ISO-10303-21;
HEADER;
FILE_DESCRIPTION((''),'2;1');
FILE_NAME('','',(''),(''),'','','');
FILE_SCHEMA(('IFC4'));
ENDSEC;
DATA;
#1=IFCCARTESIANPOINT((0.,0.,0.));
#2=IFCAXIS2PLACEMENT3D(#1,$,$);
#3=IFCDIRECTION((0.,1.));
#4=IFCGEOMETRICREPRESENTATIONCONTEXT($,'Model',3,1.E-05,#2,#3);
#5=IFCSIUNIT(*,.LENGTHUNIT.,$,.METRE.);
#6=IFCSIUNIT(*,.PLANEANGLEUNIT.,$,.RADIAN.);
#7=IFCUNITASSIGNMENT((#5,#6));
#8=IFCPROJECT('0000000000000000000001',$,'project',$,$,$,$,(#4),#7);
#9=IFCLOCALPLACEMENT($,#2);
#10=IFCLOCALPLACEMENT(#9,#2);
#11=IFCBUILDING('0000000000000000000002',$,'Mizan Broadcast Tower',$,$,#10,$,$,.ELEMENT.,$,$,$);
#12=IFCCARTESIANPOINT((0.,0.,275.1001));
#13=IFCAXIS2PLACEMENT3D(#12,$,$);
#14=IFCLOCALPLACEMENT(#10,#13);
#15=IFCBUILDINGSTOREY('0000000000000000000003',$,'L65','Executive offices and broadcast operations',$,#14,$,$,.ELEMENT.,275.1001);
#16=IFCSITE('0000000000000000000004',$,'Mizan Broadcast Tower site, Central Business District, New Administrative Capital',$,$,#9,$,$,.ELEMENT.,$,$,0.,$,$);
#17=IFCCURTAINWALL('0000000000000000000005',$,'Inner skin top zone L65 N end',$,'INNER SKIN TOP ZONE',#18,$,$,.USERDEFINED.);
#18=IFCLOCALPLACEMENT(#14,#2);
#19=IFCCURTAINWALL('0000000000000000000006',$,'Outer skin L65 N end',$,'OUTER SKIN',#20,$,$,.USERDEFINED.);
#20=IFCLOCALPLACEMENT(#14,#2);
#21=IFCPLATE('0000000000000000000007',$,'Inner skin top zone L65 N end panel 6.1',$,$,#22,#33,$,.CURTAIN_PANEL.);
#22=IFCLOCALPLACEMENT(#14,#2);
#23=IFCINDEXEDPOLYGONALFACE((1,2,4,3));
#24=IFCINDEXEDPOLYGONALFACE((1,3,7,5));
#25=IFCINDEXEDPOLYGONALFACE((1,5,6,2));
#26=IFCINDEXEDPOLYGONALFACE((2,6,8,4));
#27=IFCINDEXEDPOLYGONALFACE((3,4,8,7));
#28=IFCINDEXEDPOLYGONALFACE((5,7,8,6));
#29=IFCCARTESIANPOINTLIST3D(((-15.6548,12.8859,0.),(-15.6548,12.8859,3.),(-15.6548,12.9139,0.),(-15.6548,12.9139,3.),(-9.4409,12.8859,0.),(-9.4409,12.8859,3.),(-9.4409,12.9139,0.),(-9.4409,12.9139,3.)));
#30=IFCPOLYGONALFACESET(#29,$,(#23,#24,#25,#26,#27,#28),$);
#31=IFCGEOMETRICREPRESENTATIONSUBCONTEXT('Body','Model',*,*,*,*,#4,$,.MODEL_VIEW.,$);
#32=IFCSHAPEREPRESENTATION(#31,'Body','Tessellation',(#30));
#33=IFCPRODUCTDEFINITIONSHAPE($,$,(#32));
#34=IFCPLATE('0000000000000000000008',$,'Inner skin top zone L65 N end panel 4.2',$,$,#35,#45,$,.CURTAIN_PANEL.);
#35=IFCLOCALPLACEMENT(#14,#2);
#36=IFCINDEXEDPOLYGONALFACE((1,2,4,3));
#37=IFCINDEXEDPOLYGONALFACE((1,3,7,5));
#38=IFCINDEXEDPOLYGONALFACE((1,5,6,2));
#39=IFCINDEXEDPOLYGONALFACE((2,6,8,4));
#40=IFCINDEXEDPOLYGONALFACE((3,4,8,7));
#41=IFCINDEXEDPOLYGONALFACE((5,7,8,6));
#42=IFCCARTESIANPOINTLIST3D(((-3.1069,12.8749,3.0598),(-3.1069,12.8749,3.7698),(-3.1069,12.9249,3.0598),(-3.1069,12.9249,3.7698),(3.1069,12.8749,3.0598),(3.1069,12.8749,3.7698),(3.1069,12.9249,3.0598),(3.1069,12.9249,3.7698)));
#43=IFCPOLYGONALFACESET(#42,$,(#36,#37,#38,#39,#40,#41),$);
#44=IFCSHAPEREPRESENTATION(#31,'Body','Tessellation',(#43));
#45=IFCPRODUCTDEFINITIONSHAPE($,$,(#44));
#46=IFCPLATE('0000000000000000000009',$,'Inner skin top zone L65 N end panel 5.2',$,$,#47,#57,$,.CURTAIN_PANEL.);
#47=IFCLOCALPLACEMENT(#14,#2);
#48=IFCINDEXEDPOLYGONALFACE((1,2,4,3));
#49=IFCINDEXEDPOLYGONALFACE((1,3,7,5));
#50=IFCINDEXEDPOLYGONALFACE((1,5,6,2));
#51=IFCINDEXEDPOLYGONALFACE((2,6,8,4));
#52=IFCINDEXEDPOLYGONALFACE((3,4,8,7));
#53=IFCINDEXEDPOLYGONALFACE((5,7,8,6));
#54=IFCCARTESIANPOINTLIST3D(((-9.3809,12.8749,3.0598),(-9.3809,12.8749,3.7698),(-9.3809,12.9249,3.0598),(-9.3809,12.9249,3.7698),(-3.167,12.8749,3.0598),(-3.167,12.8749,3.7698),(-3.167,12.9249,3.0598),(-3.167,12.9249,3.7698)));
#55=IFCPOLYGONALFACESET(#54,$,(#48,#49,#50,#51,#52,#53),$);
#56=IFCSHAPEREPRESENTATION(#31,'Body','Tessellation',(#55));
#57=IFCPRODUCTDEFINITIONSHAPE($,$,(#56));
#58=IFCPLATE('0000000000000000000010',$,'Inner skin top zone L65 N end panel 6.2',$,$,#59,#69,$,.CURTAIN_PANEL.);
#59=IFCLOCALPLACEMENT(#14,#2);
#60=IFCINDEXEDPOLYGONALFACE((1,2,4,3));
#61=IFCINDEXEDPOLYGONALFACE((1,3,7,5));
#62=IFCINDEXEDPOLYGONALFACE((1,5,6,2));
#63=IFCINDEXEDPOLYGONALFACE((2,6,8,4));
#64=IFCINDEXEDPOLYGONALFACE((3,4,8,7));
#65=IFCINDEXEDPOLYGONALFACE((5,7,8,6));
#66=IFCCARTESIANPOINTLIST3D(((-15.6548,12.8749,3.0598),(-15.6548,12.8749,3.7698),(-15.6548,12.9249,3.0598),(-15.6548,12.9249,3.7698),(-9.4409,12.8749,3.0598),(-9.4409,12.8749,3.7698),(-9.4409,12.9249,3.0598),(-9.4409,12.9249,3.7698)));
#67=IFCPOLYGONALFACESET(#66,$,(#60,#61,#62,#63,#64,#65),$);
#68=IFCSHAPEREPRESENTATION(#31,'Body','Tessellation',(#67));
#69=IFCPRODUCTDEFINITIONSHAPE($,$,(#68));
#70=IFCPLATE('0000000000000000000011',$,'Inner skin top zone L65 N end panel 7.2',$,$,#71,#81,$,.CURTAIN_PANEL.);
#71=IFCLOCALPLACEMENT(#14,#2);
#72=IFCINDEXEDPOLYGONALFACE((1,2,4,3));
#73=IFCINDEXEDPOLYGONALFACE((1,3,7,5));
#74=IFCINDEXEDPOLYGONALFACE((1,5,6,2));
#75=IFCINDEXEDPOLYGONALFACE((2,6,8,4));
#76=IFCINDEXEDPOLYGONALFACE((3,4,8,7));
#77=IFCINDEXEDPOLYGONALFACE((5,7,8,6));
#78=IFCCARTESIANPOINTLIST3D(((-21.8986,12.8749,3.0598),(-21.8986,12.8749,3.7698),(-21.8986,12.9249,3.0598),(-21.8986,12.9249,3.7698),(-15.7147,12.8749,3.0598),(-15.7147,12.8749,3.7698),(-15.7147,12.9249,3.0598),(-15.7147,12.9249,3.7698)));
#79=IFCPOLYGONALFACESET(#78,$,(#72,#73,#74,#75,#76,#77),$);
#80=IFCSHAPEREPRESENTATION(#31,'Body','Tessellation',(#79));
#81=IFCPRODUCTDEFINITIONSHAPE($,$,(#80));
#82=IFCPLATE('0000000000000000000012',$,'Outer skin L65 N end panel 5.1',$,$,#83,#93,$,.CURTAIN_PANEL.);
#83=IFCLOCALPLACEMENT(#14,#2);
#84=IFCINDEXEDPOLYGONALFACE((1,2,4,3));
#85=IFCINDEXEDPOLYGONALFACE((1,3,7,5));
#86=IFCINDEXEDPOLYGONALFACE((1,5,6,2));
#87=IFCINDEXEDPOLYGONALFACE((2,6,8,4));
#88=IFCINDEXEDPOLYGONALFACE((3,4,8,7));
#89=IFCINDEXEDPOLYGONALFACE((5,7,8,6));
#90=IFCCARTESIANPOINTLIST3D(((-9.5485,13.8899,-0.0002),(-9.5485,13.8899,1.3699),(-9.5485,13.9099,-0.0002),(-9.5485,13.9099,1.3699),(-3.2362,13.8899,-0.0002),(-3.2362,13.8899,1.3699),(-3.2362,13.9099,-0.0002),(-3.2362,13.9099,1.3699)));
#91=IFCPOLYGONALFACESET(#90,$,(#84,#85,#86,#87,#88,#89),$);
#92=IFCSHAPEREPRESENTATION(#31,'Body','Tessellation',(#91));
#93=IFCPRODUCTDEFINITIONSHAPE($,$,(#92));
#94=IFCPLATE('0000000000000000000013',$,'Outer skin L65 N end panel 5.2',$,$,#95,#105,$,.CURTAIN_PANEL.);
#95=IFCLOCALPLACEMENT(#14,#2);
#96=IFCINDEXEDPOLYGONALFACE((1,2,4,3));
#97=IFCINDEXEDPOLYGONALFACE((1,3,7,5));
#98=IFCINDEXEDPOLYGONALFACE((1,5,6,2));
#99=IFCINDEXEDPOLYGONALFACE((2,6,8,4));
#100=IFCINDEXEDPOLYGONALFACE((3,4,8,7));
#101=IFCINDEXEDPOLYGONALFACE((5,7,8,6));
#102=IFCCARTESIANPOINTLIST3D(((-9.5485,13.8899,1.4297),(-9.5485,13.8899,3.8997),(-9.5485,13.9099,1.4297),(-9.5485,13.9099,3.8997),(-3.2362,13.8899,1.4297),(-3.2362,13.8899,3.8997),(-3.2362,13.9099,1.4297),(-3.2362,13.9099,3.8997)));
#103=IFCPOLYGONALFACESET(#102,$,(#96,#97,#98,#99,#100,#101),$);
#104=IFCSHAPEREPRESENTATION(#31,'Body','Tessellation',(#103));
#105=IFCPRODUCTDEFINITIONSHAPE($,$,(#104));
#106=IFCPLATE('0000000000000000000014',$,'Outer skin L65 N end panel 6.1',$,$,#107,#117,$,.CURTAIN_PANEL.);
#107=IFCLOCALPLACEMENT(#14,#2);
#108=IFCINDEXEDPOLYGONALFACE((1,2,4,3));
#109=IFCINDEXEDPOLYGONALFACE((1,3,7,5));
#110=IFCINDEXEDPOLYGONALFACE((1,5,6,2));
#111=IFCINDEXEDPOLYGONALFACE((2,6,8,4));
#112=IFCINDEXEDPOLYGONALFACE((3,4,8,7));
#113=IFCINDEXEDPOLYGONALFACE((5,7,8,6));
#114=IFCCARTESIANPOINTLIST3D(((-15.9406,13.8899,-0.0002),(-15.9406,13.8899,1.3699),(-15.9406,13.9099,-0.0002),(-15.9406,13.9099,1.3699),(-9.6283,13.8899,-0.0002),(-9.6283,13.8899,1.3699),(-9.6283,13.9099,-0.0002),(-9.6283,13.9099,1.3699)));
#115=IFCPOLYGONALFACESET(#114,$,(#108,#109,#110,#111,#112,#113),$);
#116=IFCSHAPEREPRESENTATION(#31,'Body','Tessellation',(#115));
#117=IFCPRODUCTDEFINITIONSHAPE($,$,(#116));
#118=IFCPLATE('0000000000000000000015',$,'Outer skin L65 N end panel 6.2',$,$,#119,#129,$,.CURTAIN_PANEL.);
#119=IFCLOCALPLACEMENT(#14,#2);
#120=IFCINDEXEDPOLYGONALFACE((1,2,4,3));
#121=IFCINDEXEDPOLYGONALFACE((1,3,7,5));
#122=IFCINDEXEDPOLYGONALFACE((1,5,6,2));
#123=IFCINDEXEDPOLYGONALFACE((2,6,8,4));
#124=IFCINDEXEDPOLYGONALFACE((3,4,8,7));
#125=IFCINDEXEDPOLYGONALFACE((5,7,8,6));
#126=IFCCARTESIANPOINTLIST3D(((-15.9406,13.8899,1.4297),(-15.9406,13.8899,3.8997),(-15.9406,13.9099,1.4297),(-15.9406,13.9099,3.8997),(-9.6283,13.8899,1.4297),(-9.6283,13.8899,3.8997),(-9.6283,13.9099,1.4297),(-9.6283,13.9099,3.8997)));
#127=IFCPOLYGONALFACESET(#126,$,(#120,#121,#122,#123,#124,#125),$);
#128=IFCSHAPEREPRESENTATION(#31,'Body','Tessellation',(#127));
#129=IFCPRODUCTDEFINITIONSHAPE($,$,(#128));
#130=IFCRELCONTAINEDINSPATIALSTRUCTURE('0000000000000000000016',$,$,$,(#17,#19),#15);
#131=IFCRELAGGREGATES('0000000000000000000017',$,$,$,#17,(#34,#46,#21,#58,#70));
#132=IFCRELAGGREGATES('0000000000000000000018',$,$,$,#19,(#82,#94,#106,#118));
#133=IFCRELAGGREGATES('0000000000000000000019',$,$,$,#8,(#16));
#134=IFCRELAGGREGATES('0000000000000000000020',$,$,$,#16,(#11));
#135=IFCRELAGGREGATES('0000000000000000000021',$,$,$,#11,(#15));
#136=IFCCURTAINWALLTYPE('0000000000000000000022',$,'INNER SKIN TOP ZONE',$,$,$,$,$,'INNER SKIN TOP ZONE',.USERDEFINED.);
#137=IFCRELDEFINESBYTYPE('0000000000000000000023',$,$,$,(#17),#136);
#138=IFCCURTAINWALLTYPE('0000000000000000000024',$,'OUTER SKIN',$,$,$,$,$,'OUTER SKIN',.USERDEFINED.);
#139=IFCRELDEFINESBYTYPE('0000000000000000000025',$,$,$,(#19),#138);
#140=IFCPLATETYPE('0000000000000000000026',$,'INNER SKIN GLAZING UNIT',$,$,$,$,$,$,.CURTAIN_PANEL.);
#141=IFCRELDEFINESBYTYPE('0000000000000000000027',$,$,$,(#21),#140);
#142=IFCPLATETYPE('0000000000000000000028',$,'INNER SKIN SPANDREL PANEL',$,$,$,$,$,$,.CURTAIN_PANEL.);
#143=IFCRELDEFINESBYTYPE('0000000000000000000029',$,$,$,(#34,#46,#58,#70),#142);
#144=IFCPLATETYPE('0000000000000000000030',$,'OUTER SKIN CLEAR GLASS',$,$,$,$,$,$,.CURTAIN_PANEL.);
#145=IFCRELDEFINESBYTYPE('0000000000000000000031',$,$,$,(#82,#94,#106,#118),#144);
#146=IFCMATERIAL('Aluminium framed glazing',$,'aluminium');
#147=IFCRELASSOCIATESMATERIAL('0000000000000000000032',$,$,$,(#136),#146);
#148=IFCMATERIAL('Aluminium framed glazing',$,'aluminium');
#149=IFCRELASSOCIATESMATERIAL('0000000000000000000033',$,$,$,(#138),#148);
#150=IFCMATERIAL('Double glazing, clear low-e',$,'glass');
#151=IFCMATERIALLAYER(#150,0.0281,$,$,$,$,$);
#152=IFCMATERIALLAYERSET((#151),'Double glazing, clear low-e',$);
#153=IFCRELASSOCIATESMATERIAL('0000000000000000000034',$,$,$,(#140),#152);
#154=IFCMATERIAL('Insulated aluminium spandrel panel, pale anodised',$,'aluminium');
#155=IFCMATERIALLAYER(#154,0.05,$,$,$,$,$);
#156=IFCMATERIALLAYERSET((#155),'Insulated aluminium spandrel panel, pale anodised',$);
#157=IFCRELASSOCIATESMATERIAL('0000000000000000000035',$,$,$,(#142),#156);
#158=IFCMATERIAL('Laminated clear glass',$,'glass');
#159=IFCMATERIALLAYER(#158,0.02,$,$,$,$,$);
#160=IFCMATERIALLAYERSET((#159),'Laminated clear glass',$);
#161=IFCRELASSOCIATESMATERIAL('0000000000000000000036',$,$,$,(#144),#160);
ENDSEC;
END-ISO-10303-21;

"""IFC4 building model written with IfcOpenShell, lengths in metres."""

from ifc_helpers import new_model, si_unit, direction, frame, origin, origin_2d, place, context, subcontext, project, spatial, rectangle, extrude, material, layer, layer_set, type_object, element, aggregate, save


model = new_model("IFC4")

# Units and contexts
model_context = context("Model", 3, precision=1e-05, world=origin(), true_north=direction((0.0, 1.0)))
body_context = subcontext(model_context, "Body", "Model", "MODEL_VIEW")
ifc_project = project(units=[si_unit("LENGTHUNIT", "METRE"), si_unit("PLANEANGLEUNIT", "RADIAN")], contexts=[model_context])

# Site, building, storey
site_placement = place(None, origin())
site = spatial("IfcSite", under=ifc_project, at=site_placement, Name="Mizan Broadcast Tower site, Central Business District, New Administrative Capital", CompositionType="ELEMENT", RefElevation=0.0)
building_placement = place(site_placement, origin())
building = spatial("IfcBuilding", under=site, at=building_placement, Name="Mizan Broadcast Tower", CompositionType="ELEMENT")
storey_placement = place(building_placement, frame((0.0, 0.0, 275.1001)))
storey = spatial("IfcBuildingStorey", under=building, at=storey_placement, Name="L65", Description="Executive offices and broadcast operations", CompositionType="ELEMENT", Elevation=275.1001)

# Curtain walls
ifc_material_1 = material(Name="Aluminium framed glazing", Category="aluminium")
curtain_wall_type_1 = type_object("IfcCurtainWallType", Name="INNER SKIN TOP ZONE", ElementType="INNER SKIN TOP ZONE", PredefinedType="USERDEFINED", material=ifc_material_1)
curtain_wall_1_placement = place(storey_placement, origin())
curtain_wall_1 = element("IfcCurtainWall", 1, at=curtain_wall_1_placement, inside=storey, type_object=curtain_wall_type_1, Name="Inner skin top zone L65 N end", ObjectType="INNER SKIN TOP ZONE", PredefinedType="USERDEFINED")
ifc_material_2 = material(Name="Aluminium framed glazing", Category="aluminium")
curtain_wall_type_2 = type_object("IfcCurtainWallType", Name="OUTER SKIN", ElementType="OUTER SKIN", PredefinedType="USERDEFINED", material=ifc_material_2)
curtain_wall_2_placement = place(storey_placement, origin())
curtain_wall_2 = element("IfcCurtainWall", 2, at=curtain_wall_2_placement, inside=storey, type_object=curtain_wall_type_2, Name="Outer skin L65 N end", ObjectType="OUTER SKIN", PredefinedType="USERDEFINED")

# Plates
ifc_material_3 = material(Name="Double glazing, clear low-e", Category="glass")
ifc_layer_1 = layer(ifc_material_3, 0.0281)
ifc_layer_set_1 = layer_set([ifc_layer_1], Name="Double glazing, clear low-e")
plate_type_1 = type_object("IfcPlateType", Name="INNER SKIN GLAZING UNIT", PredefinedType="CURTAIN_PANEL", material=ifc_layer_set_1)
plate_1_placement = place(storey_placement, frame((-12.5479, 12.8999, 0.0), z_axis=(0.0, 0.0, 1.0), x_axis=(-1.0, 0.0, 0.0)))
plate_1 = element("IfcPlate", 3, at=plate_1_placement, type_object=plate_type_1, Name="Inner skin top zone L65 N end panel 6.1", PredefinedType="CURTAIN_PANEL", context=body_context, shape_type="SweptSolid", body=[
    extrude(rectangle(XDim=6.2139, YDim=0.0281, at=origin_2d()), origin(), (0.0, 0.0, 1.0), 3.0),
])
ifc_material_4 = material(Name="Insulated aluminium spandrel panel, pale anodised", Category="aluminium")
ifc_layer_2 = layer(ifc_material_4, 0.05)
ifc_layer_set_2 = layer_set([ifc_layer_2], Name="Insulated aluminium spandrel panel, pale anodised")
plate_type_2 = type_object("IfcPlateType", Name="INNER SKIN SPANDREL PANEL", PredefinedType="CURTAIN_PANEL", material=ifc_layer_set_2)
plate_2_placement = place(storey_placement, frame((0.0, 12.8999, 3.0598), z_axis=(0.0, 0.0, 1.0), x_axis=(-1.0, 0.0, 0.0)))
plate_2 = element("IfcPlate", 4, at=plate_2_placement, type_object=plate_type_2, Name="Inner skin top zone L65 N end panel 4.2", PredefinedType="CURTAIN_PANEL", context=body_context, shape_type="SweptSolid", body=[
    extrude(rectangle(XDim=6.2139, YDim=0.05, at=origin_2d()), origin(), (0.0, 0.0, 1.0), 0.71),
])
plate_3_placement = place(storey_placement, frame((-6.2739, 12.8999, 3.0598), z_axis=(0.0, 0.0, 1.0), x_axis=(-1.0, 0.0, 0.0)))
plate_3 = element("IfcPlate", 5, at=plate_3_placement, type_object=plate_type_2, Name="Inner skin top zone L65 N end panel 5.2", PredefinedType="CURTAIN_PANEL", context=body_context, shape_type="SweptSolid", body=[
    extrude(rectangle(XDim=6.2139, YDim=0.05, at=origin_2d()), origin(), (0.0, 0.0, 1.0), 0.71),
])
plate_4_placement = place(storey_placement, frame((-12.5479, 12.8999, 3.0598), z_axis=(0.0, 0.0, 1.0), x_axis=(-1.0, 0.0, 0.0)))
plate_4 = element("IfcPlate", 6, at=plate_4_placement, type_object=plate_type_2, Name="Inner skin top zone L65 N end panel 6.2", PredefinedType="CURTAIN_PANEL", context=body_context, shape_type="SweptSolid", body=[
    extrude(rectangle(XDim=6.2139, YDim=0.05, at=origin_2d()), origin(), (0.0, 0.0, 1.0), 0.71),
])
plate_5_placement = place(storey_placement, frame((-18.8066, 12.8999, 3.0598), z_axis=(0.0, 0.0, 1.0), x_axis=(-1.0, 0.0, 0.0)))
plate_5 = element("IfcPlate", 7, at=plate_5_placement, type_object=plate_type_2, Name="Inner skin top zone L65 N end panel 7.2", PredefinedType="CURTAIN_PANEL", context=body_context, shape_type="SweptSolid", body=[
    extrude(rectangle(XDim=6.1838, YDim=0.05, at=origin_2d()), origin(), (0.0, 0.0, 1.0), 0.71),
])
aggregate(curtain_wall_1, [plate_2, plate_3, plate_1, plate_4, plate_5])
ifc_material_5 = material(Name="Laminated clear glass", Category="glass")
ifc_layer_3 = layer(ifc_material_5, 0.02)
ifc_layer_set_3 = layer_set([ifc_layer_3], Name="Laminated clear glass")
plate_type_3 = type_object("IfcPlateType", Name="OUTER SKIN CLEAR GLASS", PredefinedType="CURTAIN_PANEL", material=ifc_layer_set_3)
plate_6_placement = place(storey_placement, frame((-6.3923, 13.8999, -0.0002), z_axis=(0.0, 0.0, 1.0), x_axis=(-1.0, 0.0, 0.0)))
plate_6 = element("IfcPlate", 8, at=plate_6_placement, type_object=plate_type_3, Name="Outer skin L65 N end panel 5.1", PredefinedType="CURTAIN_PANEL", context=body_context, shape_type="SweptSolid", body=[
    extrude(rectangle(XDim=6.3123, YDim=0.02, at=origin_2d()), origin(), (0.0, 0.0, 1.0), 1.3701),
])
plate_7_placement = place(storey_placement, frame((-6.3923, 13.8999, 1.4297), z_axis=(0.0, 0.0, 1.0), x_axis=(-1.0, 0.0, 0.0)))
plate_7 = element("IfcPlate", 9, at=plate_7_placement, type_object=plate_type_3, Name="Outer skin L65 N end panel 5.2", PredefinedType="CURTAIN_PANEL", context=body_context, shape_type="SweptSolid", body=[
    extrude(rectangle(XDim=6.3123, YDim=0.02, at=origin_2d()), origin(), (0.0, 0.0, 1.0), 2.47),
])
plate_8_placement = place(storey_placement, frame((-12.7844, 13.8999, -0.0002), z_axis=(0.0, 0.0, 1.0), x_axis=(-1.0, 0.0, 0.0)))
plate_8 = element("IfcPlate", 10, at=plate_8_placement, type_object=plate_type_3, Name="Outer skin L65 N end panel 6.1", PredefinedType="CURTAIN_PANEL", context=body_context, shape_type="SweptSolid", body=[
    extrude(rectangle(XDim=6.3123, YDim=0.02, at=origin_2d()), origin(), (0.0, 0.0, 1.0), 1.3701),
])
plate_9_placement = place(storey_placement, frame((-12.7844, 13.8999, 1.4297), z_axis=(0.0, 0.0, 1.0), x_axis=(-1.0, 0.0, 0.0)))
plate_9 = element("IfcPlate", 11, at=plate_9_placement, type_object=plate_type_3, Name="Outer skin L65 N end panel 6.2", PredefinedType="CURTAIN_PANEL", context=body_context, shape_type="SweptSolid", body=[
    extrude(rectangle(XDim=6.3123, YDim=0.02, at=origin_2d()), origin(), (0.0, 0.0, 1.0), 2.47),
])
aggregate(curtain_wall_2, [plate_6, plate_7, plate_8, plate_9])

save(model, "model.ifc")
